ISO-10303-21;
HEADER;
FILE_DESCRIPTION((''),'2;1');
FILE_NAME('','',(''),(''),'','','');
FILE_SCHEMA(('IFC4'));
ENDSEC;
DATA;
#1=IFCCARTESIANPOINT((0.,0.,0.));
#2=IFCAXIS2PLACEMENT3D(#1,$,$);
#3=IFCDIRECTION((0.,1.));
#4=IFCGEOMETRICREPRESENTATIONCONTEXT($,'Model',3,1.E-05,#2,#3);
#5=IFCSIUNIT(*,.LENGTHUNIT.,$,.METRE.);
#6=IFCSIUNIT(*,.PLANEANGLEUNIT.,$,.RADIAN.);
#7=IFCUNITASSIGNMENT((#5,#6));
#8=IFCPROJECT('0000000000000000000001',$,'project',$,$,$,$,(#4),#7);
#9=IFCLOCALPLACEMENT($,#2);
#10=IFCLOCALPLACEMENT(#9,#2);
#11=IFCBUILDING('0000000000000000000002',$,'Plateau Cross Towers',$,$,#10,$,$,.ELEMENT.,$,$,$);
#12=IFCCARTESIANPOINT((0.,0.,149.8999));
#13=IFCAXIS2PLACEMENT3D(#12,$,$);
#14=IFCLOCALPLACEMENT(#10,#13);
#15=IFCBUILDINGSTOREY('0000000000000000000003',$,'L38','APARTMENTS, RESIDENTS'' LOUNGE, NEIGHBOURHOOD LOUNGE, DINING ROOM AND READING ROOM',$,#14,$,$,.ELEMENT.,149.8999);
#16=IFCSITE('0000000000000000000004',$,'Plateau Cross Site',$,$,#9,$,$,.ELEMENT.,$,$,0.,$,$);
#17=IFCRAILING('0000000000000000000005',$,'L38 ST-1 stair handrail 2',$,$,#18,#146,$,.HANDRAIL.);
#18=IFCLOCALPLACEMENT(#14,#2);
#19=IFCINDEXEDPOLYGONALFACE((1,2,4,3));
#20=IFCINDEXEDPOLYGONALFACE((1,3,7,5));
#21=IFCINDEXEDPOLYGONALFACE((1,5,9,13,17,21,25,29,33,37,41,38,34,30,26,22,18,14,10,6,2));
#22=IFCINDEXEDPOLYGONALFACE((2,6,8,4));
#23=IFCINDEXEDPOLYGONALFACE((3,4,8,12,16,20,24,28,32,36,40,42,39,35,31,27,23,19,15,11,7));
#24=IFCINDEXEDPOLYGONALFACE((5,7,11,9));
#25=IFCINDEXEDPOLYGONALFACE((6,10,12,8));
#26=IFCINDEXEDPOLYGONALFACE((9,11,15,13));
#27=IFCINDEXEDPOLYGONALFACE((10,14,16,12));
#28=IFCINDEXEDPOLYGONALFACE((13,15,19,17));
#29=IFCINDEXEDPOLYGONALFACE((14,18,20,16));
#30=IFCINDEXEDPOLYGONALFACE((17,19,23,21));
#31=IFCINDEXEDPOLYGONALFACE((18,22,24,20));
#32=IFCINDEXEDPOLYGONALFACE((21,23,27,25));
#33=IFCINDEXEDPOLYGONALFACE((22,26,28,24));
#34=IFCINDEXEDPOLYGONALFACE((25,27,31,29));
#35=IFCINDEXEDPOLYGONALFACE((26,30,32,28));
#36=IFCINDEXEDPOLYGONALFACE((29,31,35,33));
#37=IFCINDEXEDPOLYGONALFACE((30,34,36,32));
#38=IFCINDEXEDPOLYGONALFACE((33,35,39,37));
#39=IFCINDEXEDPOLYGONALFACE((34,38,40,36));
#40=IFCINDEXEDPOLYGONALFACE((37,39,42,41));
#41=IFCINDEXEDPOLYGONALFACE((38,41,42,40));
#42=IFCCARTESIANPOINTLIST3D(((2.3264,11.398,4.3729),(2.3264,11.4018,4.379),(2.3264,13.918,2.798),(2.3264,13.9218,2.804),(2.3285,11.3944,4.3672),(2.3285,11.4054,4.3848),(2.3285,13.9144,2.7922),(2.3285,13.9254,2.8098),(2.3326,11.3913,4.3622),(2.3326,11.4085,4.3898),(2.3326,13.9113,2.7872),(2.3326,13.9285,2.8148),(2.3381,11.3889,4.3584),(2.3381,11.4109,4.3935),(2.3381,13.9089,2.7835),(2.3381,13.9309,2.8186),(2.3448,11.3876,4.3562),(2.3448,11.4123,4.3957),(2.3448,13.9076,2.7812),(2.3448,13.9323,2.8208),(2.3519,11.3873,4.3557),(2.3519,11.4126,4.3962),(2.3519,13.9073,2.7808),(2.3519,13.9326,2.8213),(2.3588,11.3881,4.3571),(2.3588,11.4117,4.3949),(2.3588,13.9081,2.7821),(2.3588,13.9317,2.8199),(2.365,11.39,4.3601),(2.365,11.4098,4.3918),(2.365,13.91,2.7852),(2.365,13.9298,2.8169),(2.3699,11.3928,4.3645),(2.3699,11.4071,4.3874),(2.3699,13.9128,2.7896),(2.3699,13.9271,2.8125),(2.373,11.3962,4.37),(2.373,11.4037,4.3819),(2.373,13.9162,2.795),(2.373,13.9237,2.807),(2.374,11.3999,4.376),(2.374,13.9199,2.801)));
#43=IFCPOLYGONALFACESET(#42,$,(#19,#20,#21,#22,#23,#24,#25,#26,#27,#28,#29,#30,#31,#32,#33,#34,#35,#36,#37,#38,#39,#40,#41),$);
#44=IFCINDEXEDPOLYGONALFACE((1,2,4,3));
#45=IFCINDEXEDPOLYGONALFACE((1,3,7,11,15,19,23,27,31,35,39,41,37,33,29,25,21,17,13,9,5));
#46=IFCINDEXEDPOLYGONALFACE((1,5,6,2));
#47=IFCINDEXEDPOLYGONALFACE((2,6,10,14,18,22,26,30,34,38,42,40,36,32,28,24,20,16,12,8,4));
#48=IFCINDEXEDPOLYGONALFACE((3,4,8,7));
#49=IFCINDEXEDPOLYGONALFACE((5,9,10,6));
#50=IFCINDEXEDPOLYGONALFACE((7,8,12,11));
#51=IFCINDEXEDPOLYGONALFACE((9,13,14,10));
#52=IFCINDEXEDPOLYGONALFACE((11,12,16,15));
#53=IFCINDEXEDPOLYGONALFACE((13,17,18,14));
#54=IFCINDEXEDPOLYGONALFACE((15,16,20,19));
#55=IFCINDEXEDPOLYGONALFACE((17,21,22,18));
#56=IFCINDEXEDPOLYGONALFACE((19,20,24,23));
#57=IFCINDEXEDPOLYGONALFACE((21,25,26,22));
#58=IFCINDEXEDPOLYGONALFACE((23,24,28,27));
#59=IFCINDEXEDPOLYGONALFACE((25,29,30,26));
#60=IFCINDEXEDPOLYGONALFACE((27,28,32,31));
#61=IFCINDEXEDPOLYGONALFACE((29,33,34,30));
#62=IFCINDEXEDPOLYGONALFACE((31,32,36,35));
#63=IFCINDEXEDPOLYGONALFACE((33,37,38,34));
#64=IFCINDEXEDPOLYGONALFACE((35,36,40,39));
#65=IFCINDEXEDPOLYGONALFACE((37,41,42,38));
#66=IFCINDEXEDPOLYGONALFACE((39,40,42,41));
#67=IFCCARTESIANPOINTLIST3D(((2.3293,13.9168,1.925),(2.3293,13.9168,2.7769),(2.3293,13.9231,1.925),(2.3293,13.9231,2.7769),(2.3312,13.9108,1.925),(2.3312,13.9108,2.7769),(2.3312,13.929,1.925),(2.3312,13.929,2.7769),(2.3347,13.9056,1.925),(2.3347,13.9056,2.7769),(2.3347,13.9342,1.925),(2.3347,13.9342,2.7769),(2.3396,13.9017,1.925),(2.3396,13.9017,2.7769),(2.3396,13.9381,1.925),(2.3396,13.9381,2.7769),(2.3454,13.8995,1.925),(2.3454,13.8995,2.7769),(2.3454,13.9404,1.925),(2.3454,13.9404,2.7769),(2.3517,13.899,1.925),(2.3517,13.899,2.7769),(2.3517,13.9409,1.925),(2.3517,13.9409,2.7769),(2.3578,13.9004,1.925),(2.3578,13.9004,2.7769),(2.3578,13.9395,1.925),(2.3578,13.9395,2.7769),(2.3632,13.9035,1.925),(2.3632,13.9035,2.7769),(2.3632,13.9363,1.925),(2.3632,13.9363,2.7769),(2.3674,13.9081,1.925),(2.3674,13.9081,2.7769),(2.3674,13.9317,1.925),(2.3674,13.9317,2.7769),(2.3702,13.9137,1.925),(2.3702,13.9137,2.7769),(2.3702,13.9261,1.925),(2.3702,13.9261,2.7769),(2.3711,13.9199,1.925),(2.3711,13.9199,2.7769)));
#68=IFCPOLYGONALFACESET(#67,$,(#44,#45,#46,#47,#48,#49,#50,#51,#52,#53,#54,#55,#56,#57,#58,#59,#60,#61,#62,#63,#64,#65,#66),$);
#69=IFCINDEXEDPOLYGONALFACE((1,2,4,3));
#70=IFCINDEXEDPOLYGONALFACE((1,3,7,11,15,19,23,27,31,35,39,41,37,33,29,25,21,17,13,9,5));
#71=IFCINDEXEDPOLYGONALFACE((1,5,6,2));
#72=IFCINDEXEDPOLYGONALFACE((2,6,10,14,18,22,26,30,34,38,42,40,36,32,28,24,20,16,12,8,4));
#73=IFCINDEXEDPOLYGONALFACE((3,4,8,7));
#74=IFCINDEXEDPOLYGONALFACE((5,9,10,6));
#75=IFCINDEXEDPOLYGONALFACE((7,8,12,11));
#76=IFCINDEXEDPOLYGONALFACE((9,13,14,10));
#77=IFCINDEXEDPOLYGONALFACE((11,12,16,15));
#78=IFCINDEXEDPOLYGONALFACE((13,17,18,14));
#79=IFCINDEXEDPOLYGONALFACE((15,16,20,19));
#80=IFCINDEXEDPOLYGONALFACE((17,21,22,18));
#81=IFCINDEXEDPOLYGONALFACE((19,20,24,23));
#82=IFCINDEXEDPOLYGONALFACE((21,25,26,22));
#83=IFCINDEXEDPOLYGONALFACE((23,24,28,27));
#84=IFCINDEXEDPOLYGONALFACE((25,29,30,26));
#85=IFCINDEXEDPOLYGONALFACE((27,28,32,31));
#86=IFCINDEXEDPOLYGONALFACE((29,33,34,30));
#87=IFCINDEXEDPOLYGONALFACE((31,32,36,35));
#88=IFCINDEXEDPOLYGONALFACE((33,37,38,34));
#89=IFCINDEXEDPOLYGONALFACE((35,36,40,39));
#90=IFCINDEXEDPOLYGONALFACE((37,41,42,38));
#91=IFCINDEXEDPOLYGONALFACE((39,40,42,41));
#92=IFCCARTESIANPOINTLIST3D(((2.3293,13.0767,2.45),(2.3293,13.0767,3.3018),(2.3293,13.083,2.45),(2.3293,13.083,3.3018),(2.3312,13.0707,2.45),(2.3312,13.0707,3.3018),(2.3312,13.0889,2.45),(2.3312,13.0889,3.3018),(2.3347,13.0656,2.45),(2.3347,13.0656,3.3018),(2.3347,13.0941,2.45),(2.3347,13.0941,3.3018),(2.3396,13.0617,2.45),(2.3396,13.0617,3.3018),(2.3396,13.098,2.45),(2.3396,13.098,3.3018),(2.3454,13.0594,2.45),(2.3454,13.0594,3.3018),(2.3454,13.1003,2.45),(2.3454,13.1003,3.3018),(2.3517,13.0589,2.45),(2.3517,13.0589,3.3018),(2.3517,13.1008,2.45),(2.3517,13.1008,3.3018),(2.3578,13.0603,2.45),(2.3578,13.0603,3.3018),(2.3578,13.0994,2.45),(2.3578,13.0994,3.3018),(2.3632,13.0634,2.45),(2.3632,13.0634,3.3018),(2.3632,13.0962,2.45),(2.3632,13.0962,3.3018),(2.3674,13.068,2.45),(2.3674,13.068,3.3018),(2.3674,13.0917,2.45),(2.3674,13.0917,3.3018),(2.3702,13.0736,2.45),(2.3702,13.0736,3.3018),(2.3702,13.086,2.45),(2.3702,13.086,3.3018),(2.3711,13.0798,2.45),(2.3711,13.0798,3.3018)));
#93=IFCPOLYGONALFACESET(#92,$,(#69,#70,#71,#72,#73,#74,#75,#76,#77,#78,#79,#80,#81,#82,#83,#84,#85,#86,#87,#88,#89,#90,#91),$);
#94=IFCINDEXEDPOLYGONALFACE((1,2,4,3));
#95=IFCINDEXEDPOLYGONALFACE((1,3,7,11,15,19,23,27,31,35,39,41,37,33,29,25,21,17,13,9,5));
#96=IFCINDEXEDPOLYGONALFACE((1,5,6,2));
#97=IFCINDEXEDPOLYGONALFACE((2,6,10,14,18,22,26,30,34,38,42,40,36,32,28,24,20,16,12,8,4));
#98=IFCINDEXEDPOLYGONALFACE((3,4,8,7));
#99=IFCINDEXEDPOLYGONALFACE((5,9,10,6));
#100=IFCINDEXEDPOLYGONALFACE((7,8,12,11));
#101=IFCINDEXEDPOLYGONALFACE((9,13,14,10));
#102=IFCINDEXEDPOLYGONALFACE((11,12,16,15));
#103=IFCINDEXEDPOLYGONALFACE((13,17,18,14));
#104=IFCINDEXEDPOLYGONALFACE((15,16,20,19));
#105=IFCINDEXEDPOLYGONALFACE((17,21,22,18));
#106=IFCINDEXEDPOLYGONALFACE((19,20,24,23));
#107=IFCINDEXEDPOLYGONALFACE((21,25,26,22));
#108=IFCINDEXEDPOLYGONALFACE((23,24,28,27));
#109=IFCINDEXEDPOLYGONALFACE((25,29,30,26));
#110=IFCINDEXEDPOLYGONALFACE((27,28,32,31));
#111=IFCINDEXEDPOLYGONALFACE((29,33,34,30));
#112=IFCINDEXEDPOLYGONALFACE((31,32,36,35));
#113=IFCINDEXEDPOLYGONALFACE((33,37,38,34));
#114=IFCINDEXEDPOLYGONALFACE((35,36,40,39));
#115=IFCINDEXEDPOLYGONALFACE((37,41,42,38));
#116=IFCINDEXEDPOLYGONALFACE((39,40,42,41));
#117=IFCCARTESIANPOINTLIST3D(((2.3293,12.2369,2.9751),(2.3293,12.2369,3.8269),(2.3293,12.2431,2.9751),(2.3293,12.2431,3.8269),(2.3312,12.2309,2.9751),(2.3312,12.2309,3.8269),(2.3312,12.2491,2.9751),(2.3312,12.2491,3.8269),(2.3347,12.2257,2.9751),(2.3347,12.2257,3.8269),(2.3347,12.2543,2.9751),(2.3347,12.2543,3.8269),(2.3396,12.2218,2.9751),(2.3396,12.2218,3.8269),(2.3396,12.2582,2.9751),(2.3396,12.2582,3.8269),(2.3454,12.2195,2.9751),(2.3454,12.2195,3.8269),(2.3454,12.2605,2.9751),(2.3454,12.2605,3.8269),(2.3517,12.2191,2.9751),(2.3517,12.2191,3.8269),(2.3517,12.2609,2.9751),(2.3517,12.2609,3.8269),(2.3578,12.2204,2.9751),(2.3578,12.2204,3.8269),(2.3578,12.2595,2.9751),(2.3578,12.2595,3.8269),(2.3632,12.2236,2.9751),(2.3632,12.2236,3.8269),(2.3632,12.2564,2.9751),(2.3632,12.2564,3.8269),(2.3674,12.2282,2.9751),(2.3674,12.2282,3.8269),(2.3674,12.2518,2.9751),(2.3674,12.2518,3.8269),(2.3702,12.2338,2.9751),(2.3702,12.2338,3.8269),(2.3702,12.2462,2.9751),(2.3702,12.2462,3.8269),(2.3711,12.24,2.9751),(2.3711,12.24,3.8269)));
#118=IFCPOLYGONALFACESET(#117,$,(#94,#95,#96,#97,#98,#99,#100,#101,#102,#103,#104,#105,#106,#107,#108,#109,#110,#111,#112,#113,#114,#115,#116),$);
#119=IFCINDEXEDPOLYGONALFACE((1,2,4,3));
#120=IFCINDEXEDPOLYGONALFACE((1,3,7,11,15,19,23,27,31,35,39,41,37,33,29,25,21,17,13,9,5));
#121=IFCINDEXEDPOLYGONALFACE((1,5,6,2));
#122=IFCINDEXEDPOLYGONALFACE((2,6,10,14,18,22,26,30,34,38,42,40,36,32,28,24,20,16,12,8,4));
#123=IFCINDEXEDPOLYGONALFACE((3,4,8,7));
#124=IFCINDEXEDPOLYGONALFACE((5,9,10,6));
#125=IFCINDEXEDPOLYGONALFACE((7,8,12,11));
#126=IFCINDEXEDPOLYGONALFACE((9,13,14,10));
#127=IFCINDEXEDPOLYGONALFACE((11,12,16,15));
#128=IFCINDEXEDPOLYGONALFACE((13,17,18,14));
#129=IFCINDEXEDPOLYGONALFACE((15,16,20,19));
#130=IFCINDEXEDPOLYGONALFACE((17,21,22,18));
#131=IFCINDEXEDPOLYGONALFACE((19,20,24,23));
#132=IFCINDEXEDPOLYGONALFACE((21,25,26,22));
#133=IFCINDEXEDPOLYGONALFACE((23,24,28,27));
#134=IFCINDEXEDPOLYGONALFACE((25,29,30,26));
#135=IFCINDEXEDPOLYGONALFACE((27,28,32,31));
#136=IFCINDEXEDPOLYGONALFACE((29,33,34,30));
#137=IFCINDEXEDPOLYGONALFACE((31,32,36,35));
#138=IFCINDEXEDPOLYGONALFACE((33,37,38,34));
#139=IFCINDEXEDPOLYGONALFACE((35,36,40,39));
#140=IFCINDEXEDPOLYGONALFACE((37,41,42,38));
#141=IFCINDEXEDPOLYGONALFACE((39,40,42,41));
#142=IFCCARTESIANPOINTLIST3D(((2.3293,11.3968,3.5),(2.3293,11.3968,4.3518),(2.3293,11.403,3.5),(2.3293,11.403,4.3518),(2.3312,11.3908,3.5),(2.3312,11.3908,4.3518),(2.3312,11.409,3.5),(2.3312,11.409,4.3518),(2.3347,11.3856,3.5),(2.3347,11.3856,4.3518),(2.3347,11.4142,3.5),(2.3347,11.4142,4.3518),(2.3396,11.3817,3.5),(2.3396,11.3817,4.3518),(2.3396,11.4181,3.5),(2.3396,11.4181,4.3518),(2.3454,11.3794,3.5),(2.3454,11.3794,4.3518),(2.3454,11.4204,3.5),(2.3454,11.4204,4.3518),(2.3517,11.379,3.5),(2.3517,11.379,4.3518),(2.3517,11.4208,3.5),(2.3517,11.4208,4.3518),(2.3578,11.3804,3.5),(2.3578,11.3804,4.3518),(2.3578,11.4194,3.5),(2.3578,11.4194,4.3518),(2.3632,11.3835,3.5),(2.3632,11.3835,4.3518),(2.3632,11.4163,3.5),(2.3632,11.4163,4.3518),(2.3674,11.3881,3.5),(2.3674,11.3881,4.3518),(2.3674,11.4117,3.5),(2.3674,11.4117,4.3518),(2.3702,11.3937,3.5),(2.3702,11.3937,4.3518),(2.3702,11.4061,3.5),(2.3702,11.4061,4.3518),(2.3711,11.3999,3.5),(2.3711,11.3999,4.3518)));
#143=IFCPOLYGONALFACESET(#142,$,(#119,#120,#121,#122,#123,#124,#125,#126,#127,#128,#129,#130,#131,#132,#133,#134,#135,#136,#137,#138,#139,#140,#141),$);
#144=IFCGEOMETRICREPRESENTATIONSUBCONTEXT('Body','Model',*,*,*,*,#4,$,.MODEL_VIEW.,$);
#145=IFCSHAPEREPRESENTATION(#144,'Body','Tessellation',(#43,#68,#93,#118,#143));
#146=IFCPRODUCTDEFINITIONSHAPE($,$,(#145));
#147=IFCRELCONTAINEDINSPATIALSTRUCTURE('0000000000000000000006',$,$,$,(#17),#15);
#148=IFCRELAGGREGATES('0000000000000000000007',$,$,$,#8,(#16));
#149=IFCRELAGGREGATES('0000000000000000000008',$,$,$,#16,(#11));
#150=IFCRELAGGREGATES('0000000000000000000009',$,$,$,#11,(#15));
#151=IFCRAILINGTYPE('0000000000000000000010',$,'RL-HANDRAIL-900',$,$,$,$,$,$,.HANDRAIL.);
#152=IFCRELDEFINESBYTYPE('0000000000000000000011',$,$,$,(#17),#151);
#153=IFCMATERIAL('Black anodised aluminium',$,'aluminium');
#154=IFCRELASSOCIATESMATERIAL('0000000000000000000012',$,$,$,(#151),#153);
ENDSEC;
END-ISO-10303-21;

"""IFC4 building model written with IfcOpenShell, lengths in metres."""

from ifc_helpers import new_model, si_unit, direction, frame, origin, origin_2d, place, context, subcontext, project, spatial, circle, extrude, material, type_object, element, save


model = new_model("IFC4")

# Units and contexts
model_context = context("Model", 3, precision=1e-05, world=origin(), true_north=direction((0.0, 1.0)))
body_context = subcontext(model_context, "Body", "Model", "MODEL_VIEW")
ifc_project = project(units=[si_unit("LENGTHUNIT", "METRE"), si_unit("PLANEANGLEUNIT", "RADIAN")], contexts=[model_context])

# Site, building, storey
site_placement = place(None, origin())
site = spatial("IfcSite", under=ifc_project, at=site_placement, Name="Plateau Cross Site", CompositionType="ELEMENT", RefElevation=0.0)
building_placement = place(site_placement, origin())
building = spatial("IfcBuilding", under=site, at=building_placement, Name="Plateau Cross Towers", CompositionType="ELEMENT")
storey_placement = place(building_placement, frame((0.0, 0.0, 149.8999)))
storey = spatial("IfcBuildingStorey", under=building, at=storey_placement, Name="L38", Description="APARTMENTS, RESIDENTS' LOUNGE, NEIGHBOURHOOD LOUNGE, DINING ROOM AND READING ROOM", CompositionType="ELEMENT", Elevation=149.8999)

# Shared definitions
ifc_material_1 = material(Name="Black anodised aluminium", Category="aluminium")

# Railing
railing_type = type_object("IfcRailingType", Name="RL-HANDRAIL-900", PredefinedType="HANDRAIL", material=ifc_material_1)
railing_placement = place(storey_placement, frame((2.3501, 13.9199, 1.925)))
element("IfcRailing", 1, at=railing_placement, inside=storey, type_object=railing_type, Name="L38 ST-1 stair handrail 2", PredefinedType="HANDRAIL", context=body_context, shape_type="SweptSolid", body=[
    extrude(circle(Radius=0.0239, at=origin_2d()), frame((0.0, 0.0, 0.876), z_axis=(0.0, -0.848008, 0.529984), x_axis=(1.0, 0.0, 0.0)), (0.0, 0.0, 1.0), 2.9717),
    extrude(circle(Radius=0.021, at=origin_2d()), origin(), (0.0, 0.0, 1.0), 0.8518),
    extrude(circle(Radius=0.021, at=origin_2d()), frame((0.0, -0.8401, 0.5249)), (0.0, 0.0, 1.0), 0.8518),
    extrude(circle(Radius=0.021, at=origin_2d()), frame((0.0, -1.6799, 1.05)), (0.0, 0.0, 1.0), 0.8518),
    extrude(circle(Radius=0.021, at=origin_2d()), frame((0.0, -2.52, 1.575)), (0.0, 0.0, 1.0), 0.8518),
])

save(model, "model.ifc")
